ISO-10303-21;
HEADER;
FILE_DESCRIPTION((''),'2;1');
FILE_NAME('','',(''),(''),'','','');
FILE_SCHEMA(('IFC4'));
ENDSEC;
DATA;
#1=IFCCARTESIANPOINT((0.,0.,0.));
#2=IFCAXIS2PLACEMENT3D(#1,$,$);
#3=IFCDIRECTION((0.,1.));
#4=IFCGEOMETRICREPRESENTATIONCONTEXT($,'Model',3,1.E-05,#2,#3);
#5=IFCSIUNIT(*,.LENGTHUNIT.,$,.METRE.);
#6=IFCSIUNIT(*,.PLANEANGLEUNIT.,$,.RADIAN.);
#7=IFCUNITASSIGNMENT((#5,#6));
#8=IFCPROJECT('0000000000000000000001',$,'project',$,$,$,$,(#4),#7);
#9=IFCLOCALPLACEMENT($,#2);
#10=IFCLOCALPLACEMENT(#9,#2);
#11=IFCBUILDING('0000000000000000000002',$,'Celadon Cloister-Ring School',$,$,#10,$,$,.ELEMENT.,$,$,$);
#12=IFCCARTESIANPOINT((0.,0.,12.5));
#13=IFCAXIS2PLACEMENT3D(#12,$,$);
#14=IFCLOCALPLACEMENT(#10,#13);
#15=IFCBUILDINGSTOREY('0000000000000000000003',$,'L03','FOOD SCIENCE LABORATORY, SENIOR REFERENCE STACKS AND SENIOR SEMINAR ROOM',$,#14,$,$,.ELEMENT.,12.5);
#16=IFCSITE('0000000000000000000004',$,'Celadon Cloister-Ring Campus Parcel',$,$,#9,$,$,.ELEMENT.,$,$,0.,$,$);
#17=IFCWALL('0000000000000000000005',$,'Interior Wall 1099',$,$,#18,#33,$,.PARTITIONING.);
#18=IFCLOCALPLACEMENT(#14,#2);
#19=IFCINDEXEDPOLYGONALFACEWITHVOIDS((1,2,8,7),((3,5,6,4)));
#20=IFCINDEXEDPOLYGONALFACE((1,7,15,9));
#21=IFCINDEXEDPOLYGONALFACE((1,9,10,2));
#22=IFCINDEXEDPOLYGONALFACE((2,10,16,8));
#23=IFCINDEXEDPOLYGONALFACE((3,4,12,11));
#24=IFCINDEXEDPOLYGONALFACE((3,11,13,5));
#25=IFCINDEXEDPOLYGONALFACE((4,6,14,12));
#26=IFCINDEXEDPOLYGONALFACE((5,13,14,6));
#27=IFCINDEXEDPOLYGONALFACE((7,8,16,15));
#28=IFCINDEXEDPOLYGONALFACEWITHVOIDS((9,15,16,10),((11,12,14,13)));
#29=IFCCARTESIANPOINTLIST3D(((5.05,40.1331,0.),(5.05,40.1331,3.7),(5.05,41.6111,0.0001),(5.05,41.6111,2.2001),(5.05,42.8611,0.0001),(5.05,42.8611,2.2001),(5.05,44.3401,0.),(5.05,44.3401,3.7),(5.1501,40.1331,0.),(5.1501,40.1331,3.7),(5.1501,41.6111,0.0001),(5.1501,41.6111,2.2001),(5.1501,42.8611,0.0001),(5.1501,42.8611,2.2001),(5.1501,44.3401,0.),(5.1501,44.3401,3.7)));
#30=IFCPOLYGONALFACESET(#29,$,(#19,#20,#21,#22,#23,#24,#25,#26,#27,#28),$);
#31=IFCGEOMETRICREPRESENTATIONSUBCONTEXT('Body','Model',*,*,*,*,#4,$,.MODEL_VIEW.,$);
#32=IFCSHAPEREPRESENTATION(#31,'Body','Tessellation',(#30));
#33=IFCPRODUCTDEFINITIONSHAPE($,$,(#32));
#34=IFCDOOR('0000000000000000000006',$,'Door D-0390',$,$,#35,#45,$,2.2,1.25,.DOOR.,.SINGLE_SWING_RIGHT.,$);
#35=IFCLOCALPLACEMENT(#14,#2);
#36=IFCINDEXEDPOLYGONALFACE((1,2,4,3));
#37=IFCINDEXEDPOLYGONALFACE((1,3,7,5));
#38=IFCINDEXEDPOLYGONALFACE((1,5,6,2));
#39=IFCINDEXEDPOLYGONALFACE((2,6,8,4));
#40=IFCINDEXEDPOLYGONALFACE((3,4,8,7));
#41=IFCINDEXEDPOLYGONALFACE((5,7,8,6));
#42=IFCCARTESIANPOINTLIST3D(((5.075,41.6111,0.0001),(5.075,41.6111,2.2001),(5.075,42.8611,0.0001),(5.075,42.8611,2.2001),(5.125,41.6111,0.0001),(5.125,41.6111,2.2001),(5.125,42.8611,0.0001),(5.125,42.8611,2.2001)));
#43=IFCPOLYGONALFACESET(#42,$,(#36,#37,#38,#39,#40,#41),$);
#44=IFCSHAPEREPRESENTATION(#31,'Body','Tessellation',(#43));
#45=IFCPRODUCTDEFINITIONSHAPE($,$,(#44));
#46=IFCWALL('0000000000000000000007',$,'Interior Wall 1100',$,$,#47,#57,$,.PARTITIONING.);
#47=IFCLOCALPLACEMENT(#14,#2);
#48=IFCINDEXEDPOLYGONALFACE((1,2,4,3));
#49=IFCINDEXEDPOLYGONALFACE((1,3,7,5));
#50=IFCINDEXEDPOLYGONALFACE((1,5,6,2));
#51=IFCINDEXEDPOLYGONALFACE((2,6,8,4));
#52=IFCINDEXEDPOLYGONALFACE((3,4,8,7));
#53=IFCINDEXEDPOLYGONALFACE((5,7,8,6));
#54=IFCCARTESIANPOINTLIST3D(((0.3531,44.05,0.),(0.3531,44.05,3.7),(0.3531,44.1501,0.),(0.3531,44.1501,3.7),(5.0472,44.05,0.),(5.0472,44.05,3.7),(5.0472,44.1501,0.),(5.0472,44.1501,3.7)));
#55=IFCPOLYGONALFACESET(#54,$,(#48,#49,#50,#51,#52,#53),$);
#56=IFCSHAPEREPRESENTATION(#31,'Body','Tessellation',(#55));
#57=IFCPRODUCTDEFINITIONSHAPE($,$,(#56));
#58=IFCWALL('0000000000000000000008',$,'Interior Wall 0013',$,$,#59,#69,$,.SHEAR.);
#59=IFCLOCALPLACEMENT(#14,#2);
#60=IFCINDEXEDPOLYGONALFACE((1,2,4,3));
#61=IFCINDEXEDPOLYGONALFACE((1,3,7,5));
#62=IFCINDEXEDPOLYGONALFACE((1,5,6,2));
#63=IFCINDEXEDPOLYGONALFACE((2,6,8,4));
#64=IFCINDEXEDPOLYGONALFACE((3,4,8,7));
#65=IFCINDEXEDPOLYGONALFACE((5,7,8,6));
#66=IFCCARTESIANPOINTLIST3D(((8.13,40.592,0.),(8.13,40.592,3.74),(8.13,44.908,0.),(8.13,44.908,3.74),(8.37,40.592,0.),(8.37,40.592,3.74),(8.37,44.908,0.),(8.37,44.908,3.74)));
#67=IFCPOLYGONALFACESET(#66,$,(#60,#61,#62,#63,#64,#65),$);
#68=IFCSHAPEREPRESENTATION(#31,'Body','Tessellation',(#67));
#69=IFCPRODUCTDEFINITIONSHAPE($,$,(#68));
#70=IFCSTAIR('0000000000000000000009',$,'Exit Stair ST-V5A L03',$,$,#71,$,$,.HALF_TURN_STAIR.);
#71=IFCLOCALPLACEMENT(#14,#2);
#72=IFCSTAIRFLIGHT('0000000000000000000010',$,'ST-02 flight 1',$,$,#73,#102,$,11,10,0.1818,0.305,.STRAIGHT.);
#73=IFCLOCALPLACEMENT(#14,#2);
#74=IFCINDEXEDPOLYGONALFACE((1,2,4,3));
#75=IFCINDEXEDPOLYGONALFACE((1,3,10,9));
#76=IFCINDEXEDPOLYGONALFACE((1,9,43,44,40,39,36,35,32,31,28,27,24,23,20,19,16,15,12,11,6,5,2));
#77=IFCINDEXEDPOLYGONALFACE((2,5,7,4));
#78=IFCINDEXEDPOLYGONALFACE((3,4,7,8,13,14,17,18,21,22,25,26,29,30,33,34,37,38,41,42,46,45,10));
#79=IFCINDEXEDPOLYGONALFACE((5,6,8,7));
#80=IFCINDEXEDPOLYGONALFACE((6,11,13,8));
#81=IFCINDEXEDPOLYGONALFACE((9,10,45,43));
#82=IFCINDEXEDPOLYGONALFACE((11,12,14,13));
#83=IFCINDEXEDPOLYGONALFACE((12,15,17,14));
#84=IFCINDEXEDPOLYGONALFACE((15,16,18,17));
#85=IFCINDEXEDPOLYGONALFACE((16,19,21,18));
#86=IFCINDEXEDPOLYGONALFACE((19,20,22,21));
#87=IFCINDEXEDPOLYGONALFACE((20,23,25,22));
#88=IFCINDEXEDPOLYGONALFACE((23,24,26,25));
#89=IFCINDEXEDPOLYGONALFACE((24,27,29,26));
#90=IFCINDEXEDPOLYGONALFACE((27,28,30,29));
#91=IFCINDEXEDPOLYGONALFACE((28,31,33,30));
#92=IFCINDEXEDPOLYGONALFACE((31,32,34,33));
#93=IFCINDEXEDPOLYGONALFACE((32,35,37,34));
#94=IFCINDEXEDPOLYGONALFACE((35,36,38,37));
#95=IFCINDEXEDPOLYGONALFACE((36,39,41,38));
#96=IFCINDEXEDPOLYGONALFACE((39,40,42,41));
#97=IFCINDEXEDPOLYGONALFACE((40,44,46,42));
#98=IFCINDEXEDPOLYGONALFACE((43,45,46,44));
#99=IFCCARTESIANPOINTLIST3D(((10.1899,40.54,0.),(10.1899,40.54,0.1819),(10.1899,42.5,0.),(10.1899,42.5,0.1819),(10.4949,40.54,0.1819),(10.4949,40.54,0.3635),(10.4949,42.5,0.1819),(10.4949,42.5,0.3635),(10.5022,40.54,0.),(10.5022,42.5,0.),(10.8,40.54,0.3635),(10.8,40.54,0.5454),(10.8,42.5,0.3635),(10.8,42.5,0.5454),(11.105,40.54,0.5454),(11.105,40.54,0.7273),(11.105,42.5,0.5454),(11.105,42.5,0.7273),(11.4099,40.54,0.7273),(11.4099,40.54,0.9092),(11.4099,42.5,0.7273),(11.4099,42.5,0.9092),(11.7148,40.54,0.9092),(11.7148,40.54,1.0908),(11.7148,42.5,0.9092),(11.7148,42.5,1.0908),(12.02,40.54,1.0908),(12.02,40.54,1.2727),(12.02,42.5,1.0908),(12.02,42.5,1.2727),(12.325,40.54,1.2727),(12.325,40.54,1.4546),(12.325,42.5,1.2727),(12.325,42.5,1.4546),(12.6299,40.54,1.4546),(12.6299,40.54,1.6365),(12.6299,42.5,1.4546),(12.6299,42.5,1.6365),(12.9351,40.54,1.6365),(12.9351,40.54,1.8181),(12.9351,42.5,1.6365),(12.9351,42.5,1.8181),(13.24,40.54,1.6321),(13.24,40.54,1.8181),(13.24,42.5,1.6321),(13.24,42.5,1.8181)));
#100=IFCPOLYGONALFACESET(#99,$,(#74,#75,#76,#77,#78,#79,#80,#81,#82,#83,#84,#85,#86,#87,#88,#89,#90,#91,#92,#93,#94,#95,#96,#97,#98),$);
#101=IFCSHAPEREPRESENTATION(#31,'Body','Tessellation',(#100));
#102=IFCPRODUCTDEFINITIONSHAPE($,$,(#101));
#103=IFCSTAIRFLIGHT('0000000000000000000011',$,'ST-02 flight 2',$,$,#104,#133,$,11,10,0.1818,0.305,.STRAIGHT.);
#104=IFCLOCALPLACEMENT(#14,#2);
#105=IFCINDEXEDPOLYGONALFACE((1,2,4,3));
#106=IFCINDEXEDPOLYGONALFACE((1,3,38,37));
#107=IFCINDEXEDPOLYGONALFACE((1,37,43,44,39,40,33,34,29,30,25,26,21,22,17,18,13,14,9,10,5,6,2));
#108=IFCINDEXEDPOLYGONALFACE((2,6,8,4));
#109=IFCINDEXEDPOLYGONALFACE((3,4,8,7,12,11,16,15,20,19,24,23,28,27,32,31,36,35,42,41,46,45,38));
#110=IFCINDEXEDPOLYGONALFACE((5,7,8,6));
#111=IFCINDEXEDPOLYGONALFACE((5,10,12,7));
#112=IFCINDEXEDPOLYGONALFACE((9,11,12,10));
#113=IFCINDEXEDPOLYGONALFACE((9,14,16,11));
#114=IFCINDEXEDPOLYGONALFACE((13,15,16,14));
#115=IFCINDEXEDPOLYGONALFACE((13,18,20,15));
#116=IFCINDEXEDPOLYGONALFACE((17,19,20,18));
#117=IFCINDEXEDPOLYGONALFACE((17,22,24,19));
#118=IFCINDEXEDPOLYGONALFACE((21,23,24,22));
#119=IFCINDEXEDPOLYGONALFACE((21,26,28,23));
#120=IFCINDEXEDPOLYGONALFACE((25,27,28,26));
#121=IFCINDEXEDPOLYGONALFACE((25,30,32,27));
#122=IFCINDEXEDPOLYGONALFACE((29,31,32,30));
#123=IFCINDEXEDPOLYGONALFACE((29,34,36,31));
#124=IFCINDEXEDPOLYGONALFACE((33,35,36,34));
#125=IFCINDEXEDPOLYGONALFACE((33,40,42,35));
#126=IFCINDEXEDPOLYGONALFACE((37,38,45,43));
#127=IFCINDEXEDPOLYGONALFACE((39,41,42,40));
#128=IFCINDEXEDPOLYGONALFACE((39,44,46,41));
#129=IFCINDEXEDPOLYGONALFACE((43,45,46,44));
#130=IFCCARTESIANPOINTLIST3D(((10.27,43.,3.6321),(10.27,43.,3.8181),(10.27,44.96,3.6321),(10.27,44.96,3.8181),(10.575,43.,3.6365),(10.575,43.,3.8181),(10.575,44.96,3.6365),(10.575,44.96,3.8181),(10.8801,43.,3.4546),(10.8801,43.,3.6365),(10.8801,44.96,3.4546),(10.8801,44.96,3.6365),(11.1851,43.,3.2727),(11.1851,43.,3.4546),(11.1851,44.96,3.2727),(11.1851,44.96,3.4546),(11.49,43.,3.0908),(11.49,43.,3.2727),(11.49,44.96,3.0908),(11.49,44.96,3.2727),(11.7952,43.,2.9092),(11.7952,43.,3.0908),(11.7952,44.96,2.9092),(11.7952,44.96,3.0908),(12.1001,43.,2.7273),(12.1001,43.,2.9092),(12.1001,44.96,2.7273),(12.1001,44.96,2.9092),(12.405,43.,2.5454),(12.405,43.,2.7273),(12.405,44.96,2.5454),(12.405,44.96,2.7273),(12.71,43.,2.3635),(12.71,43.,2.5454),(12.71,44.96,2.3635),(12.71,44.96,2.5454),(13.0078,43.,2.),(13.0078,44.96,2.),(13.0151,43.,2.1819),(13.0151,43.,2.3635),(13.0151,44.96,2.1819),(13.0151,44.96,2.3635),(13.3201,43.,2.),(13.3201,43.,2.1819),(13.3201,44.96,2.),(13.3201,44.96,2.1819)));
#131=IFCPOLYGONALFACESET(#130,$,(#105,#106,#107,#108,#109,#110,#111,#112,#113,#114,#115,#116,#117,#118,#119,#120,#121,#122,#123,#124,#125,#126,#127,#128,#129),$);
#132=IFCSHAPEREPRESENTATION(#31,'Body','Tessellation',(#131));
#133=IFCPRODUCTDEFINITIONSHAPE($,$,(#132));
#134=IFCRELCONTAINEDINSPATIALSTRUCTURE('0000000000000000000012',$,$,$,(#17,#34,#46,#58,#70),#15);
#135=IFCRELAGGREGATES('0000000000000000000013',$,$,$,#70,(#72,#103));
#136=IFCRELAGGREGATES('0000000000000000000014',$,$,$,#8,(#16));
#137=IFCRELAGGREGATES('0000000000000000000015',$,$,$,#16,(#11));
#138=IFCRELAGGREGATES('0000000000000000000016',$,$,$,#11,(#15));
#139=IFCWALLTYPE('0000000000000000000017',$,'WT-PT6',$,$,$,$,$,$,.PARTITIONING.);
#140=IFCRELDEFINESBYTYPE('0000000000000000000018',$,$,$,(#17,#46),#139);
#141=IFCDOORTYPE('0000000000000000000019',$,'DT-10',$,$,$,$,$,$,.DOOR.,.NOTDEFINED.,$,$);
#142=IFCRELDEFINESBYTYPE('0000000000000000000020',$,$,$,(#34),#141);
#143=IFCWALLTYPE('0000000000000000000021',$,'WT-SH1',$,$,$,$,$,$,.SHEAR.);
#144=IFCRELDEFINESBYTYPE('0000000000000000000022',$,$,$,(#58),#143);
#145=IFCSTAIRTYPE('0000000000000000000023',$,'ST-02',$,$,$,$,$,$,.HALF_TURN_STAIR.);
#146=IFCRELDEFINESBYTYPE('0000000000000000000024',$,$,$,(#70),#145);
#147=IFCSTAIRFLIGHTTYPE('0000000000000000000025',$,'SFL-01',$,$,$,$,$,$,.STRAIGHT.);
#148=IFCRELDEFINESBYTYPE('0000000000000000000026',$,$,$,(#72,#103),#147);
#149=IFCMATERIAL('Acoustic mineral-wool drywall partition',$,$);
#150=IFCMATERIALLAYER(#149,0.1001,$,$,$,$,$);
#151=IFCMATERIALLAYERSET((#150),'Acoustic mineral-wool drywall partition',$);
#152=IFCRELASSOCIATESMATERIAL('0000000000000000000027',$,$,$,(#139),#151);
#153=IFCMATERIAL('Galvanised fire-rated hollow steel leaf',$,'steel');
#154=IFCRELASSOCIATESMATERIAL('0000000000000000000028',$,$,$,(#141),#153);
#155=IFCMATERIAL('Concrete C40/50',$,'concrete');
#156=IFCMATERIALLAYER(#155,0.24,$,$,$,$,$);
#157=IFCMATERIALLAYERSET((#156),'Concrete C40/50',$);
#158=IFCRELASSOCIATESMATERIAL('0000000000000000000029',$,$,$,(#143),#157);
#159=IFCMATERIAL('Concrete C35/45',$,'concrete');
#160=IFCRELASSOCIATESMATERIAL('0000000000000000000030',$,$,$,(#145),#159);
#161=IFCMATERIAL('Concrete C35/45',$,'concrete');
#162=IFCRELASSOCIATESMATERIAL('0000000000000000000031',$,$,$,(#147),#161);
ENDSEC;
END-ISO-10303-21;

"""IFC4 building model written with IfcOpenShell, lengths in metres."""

from ifc_helpers import new_model, si_unit, direction, frame, frame_2d, origin, place, context, subcontext, project, spatial, polyline, rectangle, outline, extrude, material, layer, layer_set, type_object, element, fill, aggregate, save


model = new_model("IFC4")

# Units and contexts
model_context = context("Model", 3, precision=1e-05, world=origin(), true_north=direction((0.0, 1.0)))
body_context = subcontext(model_context, "Body", "Model", "MODEL_VIEW")
ifc_project = project(units=[si_unit("LENGTHUNIT", "METRE"), si_unit("PLANEANGLEUNIT", "RADIAN")], contexts=[model_context])

# Site, building, storey
site_placement = place(None, origin())
site = spatial("IfcSite", under=ifc_project, at=site_placement, Name="Celadon Cloister-Ring Campus Parcel", CompositionType="ELEMENT", RefElevation=0.0)
building_placement = place(site_placement, origin())
building = spatial("IfcBuilding", under=site, at=building_placement, Name="Celadon Cloister-Ring School", CompositionType="ELEMENT")
storey_placement = place(building_placement, frame((0.0, 0.0, 12.5)))
storey = spatial("IfcBuildingStorey", under=building, at=storey_placement, Name="L03", Description="FOOD SCIENCE LABORATORY, SENIOR REFERENCE STACKS AND SENIOR SEMINAR ROOM", CompositionType="ELEMENT", Elevation=12.5)

# Wall, opening, door
ifc_material_1 = material(Name="Acoustic mineral-wool drywall partition")
ifc_layer_1 = layer(ifc_material_1, 0.1001)
ifc_layer_set_1 = layer_set([ifc_layer_1], Name="Acoustic mineral-wool drywall partition")
wall_type_1 = type_object("IfcWallType", Name="WT-PT6", PredefinedType="PARTITIONING", material=ifc_layer_set_1)
wall_1_placement = place(storey_placement, frame((5.1001, 44.3401, 0.0), z_axis=(0.0, 0.0, 1.0), x_axis=(0.0, -1.0, 0.0)))
wall_1 = element("IfcWall", 1, at=wall_1_placement, inside=storey, type_object=wall_type_1, Name="Interior Wall 1099", PredefinedType="PARTITIONING", context=body_context, shape_type="SweptSolid", body=[
    extrude(rectangle(XDim=4.207, YDim=0.1001, at=frame_2d((2.1035, 0.0))), origin(), (0.0, 0.0, 1.0), 3.7),
])
opening_1_placement = place(wall_1_placement, frame((1.479, 0.0, 0.0)))
opening_1 = element("IfcOpeningElement", 2, at=opening_1_placement, cuts=wall_1, PredefinedType="OPENING", context=body_context, shape_type="SweptSolid", body=[
    extrude(rectangle(XDim=1.25, YDim=2.2, at=frame_2d((0.625, 1.1001))), frame((0.0, 0.0601, 0.0), z_axis=(0.0, -1.0, 0.0), x_axis=(1.0, 0.0, 0.0)), (0.0, 0.0, 1.0), 0.1201),
])
ifc_material_2 = material(Name="Galvanised fire-rated hollow steel leaf", Category="steel")
door_type_1 = type_object("IfcDoorType", Name="DT-10", OperationType="NOTDEFINED", PredefinedType="DOOR", material=ifc_material_2)
door_1_placement = place(opening_1_placement, origin())
door_1 = element("IfcDoor", 3, at=door_1_placement, inside=storey, type_object=door_type_1, Name="Door D-0390", OperationType="SINGLE_SWING_RIGHT", OverallHeight=2.2, OverallWidth=1.25, PredefinedType="DOOR", context=body_context, shape_type="SweptSolid", body=[
    extrude(rectangle(XDim=1.25, YDim=2.2, at=frame_2d((0.625, 1.1001))), frame((0.0, 0.0249, 0.0), z_axis=(0.0, -1.0, 0.0), x_axis=(1.0, 0.0, 0.0)), (0.0, 0.0, 1.0), 0.05),
])
fill(opening_1, door_1)

# Walls
wall_2_placement = place(storey_placement, frame((0.353, 44.1001, 0.0), z_axis=(0.0, 0.0, 1.0), x_axis=(1.0, 0.0, 0.0)))
element("IfcWall", 4, at=wall_2_placement, inside=storey, type_object=wall_type_1, Name="Interior Wall 1100", PredefinedType="PARTITIONING", context=body_context, shape_type="SweptSolid", body=[
    extrude(rectangle(XDim=4.6941, YDim=0.1001, at=frame_2d((2.3472, 0.0))), origin(), (0.0, 0.0, 1.0), 3.7),
])
ifc_material_3 = material(Name="Concrete C40/50", Category="concrete")
ifc_layer_2 = layer(ifc_material_3, 0.24)
ifc_layer_set_2 = layer_set([ifc_layer_2], Name="Concrete C40/50")
wall_type_2 = type_object("IfcWallType", Name="WT-SH1", PredefinedType="SHEAR", material=ifc_layer_set_2)
wall_3_placement = place(storey_placement, frame((8.25, 40.592, 0.0), z_axis=(0.0, 0.0, 1.0), x_axis=(0.0, 1.0, 0.0)))
element("IfcWall", 5, at=wall_3_placement, inside=storey, type_object=wall_type_2, Name="Interior Wall 0013", PredefinedType="SHEAR", context=body_context, shape_type="SweptSolid", body=[
    extrude(rectangle(XDim=4.3159, YDim=0.24, at=frame_2d((2.158, 0.0))), origin(), (0.0, 0.0, 1.0), 3.74),
])

# Stair, stair flights
ifc_material_4 = material(Name="Concrete C35/45", Category="concrete")
stair_type = type_object("IfcStairType", Name="ST-02", PredefinedType="HALF_TURN_STAIR", material=ifc_material_4)
stair_placement = place(storey_placement, origin())
stair = element("IfcStair", 6, at=stair_placement, inside=storey, type_object=stair_type, Name="Exit Stair ST-V5A L03", PredefinedType="HALF_TURN_STAIR")
ifc_material_5 = material(Name="Concrete C35/45", Category="concrete")
stair_flight_type = type_object("IfcStairFlightType", Name="SFL-01", PredefinedType="STRAIGHT", material=ifc_material_5)
stair_flight_1_placement = place(storey_placement, frame((10.1899, 41.52, 0.0), z_axis=(0.0, 0.0, 1.0), x_axis=(1.0, 0.0, 0.0)))
stair_flight_1 = element("IfcStairFlight", 7, at=stair_flight_1_placement, type_object=stair_flight_type, Name="ST-02 flight 1", NumberOfRisers=11, NumberOfTreads=10, PredefinedType="STRAIGHT", RiserHeight=0.1818, TreadLength=0.305, context=body_context, shape_type="SweptSolid", body=[
    extrude(outline(polyline([(0.0, 0.0), (0.0, 0.1819), (0.3049, 0.1819), (0.3049, 0.3635), (0.6101, 0.3635), (0.6101, 0.5454), (0.915, 0.5454), (0.915, 0.7273), (1.22, 0.7273), (1.22, 0.9092), (1.5249, 0.9092), (1.5249, 1.0908), (1.8301, 1.0908), (1.8301, 1.2727), (2.135, 1.2727), (2.135, 1.4546), (2.4399, 1.4546), (2.4399, 1.6365), (2.7451, 1.6365), (2.7451, 1.8181), (3.05, 1.8181), (3.05, 2.0), (3.05, 1.6321), (0.3123, 0.0), (0.0, 0.0)])), frame((0.0, 0.98, 0.0), z_axis=(0.0, -1.0, 0.0), x_axis=(1.0, 0.0, 0.0)), (0.0, 0.0, 1.0), 1.96),
])
stair_flight_2_placement = place(storey_placement, frame((13.3201, 43.98, 2.0), z_axis=(0.0, 0.0, 1.0), x_axis=(-1.0, 0.0, 0.0)))
stair_flight_2 = element("IfcStairFlight", 8, at=stair_flight_2_placement, type_object=stair_flight_type, Name="ST-02 flight 2", NumberOfRisers=11, NumberOfTreads=10, PredefinedType="STRAIGHT", RiserHeight=0.1818, TreadLength=0.305, context=body_context, shape_type="SweptSolid", body=[
    extrude(outline(polyline([(0.0, 0.0), (0.0, 0.1819), (0.3049, 0.1819), (0.3049, 0.3635), (0.6101, 0.3635), (0.6101, 0.5454), (0.915, 0.5454), (0.915, 0.7273), (1.22, 0.7273), (1.22, 0.9092), (1.5249, 0.9092), (1.5249, 1.0908), (1.8301, 1.0908), (1.8301, 1.2727), (2.135, 1.2727), (2.135, 1.4546), (2.4399, 1.4546), (2.4399, 1.6365), (2.7451, 1.6365), (2.7451, 1.8181), (3.05, 1.8181), (3.05, 2.0), (3.05, 1.6321), (0.3123, 0.0), (0.0, 0.0)])), frame((0.0, 0.98, 0.0), z_axis=(0.0, -1.0, 0.0), x_axis=(1.0, 0.0, 0.0)), (0.0, 0.0, 1.0), 1.96),
])
aggregate(stair, [stair_flight_1, stair_flight_2])

save(model, "model.ifc")
